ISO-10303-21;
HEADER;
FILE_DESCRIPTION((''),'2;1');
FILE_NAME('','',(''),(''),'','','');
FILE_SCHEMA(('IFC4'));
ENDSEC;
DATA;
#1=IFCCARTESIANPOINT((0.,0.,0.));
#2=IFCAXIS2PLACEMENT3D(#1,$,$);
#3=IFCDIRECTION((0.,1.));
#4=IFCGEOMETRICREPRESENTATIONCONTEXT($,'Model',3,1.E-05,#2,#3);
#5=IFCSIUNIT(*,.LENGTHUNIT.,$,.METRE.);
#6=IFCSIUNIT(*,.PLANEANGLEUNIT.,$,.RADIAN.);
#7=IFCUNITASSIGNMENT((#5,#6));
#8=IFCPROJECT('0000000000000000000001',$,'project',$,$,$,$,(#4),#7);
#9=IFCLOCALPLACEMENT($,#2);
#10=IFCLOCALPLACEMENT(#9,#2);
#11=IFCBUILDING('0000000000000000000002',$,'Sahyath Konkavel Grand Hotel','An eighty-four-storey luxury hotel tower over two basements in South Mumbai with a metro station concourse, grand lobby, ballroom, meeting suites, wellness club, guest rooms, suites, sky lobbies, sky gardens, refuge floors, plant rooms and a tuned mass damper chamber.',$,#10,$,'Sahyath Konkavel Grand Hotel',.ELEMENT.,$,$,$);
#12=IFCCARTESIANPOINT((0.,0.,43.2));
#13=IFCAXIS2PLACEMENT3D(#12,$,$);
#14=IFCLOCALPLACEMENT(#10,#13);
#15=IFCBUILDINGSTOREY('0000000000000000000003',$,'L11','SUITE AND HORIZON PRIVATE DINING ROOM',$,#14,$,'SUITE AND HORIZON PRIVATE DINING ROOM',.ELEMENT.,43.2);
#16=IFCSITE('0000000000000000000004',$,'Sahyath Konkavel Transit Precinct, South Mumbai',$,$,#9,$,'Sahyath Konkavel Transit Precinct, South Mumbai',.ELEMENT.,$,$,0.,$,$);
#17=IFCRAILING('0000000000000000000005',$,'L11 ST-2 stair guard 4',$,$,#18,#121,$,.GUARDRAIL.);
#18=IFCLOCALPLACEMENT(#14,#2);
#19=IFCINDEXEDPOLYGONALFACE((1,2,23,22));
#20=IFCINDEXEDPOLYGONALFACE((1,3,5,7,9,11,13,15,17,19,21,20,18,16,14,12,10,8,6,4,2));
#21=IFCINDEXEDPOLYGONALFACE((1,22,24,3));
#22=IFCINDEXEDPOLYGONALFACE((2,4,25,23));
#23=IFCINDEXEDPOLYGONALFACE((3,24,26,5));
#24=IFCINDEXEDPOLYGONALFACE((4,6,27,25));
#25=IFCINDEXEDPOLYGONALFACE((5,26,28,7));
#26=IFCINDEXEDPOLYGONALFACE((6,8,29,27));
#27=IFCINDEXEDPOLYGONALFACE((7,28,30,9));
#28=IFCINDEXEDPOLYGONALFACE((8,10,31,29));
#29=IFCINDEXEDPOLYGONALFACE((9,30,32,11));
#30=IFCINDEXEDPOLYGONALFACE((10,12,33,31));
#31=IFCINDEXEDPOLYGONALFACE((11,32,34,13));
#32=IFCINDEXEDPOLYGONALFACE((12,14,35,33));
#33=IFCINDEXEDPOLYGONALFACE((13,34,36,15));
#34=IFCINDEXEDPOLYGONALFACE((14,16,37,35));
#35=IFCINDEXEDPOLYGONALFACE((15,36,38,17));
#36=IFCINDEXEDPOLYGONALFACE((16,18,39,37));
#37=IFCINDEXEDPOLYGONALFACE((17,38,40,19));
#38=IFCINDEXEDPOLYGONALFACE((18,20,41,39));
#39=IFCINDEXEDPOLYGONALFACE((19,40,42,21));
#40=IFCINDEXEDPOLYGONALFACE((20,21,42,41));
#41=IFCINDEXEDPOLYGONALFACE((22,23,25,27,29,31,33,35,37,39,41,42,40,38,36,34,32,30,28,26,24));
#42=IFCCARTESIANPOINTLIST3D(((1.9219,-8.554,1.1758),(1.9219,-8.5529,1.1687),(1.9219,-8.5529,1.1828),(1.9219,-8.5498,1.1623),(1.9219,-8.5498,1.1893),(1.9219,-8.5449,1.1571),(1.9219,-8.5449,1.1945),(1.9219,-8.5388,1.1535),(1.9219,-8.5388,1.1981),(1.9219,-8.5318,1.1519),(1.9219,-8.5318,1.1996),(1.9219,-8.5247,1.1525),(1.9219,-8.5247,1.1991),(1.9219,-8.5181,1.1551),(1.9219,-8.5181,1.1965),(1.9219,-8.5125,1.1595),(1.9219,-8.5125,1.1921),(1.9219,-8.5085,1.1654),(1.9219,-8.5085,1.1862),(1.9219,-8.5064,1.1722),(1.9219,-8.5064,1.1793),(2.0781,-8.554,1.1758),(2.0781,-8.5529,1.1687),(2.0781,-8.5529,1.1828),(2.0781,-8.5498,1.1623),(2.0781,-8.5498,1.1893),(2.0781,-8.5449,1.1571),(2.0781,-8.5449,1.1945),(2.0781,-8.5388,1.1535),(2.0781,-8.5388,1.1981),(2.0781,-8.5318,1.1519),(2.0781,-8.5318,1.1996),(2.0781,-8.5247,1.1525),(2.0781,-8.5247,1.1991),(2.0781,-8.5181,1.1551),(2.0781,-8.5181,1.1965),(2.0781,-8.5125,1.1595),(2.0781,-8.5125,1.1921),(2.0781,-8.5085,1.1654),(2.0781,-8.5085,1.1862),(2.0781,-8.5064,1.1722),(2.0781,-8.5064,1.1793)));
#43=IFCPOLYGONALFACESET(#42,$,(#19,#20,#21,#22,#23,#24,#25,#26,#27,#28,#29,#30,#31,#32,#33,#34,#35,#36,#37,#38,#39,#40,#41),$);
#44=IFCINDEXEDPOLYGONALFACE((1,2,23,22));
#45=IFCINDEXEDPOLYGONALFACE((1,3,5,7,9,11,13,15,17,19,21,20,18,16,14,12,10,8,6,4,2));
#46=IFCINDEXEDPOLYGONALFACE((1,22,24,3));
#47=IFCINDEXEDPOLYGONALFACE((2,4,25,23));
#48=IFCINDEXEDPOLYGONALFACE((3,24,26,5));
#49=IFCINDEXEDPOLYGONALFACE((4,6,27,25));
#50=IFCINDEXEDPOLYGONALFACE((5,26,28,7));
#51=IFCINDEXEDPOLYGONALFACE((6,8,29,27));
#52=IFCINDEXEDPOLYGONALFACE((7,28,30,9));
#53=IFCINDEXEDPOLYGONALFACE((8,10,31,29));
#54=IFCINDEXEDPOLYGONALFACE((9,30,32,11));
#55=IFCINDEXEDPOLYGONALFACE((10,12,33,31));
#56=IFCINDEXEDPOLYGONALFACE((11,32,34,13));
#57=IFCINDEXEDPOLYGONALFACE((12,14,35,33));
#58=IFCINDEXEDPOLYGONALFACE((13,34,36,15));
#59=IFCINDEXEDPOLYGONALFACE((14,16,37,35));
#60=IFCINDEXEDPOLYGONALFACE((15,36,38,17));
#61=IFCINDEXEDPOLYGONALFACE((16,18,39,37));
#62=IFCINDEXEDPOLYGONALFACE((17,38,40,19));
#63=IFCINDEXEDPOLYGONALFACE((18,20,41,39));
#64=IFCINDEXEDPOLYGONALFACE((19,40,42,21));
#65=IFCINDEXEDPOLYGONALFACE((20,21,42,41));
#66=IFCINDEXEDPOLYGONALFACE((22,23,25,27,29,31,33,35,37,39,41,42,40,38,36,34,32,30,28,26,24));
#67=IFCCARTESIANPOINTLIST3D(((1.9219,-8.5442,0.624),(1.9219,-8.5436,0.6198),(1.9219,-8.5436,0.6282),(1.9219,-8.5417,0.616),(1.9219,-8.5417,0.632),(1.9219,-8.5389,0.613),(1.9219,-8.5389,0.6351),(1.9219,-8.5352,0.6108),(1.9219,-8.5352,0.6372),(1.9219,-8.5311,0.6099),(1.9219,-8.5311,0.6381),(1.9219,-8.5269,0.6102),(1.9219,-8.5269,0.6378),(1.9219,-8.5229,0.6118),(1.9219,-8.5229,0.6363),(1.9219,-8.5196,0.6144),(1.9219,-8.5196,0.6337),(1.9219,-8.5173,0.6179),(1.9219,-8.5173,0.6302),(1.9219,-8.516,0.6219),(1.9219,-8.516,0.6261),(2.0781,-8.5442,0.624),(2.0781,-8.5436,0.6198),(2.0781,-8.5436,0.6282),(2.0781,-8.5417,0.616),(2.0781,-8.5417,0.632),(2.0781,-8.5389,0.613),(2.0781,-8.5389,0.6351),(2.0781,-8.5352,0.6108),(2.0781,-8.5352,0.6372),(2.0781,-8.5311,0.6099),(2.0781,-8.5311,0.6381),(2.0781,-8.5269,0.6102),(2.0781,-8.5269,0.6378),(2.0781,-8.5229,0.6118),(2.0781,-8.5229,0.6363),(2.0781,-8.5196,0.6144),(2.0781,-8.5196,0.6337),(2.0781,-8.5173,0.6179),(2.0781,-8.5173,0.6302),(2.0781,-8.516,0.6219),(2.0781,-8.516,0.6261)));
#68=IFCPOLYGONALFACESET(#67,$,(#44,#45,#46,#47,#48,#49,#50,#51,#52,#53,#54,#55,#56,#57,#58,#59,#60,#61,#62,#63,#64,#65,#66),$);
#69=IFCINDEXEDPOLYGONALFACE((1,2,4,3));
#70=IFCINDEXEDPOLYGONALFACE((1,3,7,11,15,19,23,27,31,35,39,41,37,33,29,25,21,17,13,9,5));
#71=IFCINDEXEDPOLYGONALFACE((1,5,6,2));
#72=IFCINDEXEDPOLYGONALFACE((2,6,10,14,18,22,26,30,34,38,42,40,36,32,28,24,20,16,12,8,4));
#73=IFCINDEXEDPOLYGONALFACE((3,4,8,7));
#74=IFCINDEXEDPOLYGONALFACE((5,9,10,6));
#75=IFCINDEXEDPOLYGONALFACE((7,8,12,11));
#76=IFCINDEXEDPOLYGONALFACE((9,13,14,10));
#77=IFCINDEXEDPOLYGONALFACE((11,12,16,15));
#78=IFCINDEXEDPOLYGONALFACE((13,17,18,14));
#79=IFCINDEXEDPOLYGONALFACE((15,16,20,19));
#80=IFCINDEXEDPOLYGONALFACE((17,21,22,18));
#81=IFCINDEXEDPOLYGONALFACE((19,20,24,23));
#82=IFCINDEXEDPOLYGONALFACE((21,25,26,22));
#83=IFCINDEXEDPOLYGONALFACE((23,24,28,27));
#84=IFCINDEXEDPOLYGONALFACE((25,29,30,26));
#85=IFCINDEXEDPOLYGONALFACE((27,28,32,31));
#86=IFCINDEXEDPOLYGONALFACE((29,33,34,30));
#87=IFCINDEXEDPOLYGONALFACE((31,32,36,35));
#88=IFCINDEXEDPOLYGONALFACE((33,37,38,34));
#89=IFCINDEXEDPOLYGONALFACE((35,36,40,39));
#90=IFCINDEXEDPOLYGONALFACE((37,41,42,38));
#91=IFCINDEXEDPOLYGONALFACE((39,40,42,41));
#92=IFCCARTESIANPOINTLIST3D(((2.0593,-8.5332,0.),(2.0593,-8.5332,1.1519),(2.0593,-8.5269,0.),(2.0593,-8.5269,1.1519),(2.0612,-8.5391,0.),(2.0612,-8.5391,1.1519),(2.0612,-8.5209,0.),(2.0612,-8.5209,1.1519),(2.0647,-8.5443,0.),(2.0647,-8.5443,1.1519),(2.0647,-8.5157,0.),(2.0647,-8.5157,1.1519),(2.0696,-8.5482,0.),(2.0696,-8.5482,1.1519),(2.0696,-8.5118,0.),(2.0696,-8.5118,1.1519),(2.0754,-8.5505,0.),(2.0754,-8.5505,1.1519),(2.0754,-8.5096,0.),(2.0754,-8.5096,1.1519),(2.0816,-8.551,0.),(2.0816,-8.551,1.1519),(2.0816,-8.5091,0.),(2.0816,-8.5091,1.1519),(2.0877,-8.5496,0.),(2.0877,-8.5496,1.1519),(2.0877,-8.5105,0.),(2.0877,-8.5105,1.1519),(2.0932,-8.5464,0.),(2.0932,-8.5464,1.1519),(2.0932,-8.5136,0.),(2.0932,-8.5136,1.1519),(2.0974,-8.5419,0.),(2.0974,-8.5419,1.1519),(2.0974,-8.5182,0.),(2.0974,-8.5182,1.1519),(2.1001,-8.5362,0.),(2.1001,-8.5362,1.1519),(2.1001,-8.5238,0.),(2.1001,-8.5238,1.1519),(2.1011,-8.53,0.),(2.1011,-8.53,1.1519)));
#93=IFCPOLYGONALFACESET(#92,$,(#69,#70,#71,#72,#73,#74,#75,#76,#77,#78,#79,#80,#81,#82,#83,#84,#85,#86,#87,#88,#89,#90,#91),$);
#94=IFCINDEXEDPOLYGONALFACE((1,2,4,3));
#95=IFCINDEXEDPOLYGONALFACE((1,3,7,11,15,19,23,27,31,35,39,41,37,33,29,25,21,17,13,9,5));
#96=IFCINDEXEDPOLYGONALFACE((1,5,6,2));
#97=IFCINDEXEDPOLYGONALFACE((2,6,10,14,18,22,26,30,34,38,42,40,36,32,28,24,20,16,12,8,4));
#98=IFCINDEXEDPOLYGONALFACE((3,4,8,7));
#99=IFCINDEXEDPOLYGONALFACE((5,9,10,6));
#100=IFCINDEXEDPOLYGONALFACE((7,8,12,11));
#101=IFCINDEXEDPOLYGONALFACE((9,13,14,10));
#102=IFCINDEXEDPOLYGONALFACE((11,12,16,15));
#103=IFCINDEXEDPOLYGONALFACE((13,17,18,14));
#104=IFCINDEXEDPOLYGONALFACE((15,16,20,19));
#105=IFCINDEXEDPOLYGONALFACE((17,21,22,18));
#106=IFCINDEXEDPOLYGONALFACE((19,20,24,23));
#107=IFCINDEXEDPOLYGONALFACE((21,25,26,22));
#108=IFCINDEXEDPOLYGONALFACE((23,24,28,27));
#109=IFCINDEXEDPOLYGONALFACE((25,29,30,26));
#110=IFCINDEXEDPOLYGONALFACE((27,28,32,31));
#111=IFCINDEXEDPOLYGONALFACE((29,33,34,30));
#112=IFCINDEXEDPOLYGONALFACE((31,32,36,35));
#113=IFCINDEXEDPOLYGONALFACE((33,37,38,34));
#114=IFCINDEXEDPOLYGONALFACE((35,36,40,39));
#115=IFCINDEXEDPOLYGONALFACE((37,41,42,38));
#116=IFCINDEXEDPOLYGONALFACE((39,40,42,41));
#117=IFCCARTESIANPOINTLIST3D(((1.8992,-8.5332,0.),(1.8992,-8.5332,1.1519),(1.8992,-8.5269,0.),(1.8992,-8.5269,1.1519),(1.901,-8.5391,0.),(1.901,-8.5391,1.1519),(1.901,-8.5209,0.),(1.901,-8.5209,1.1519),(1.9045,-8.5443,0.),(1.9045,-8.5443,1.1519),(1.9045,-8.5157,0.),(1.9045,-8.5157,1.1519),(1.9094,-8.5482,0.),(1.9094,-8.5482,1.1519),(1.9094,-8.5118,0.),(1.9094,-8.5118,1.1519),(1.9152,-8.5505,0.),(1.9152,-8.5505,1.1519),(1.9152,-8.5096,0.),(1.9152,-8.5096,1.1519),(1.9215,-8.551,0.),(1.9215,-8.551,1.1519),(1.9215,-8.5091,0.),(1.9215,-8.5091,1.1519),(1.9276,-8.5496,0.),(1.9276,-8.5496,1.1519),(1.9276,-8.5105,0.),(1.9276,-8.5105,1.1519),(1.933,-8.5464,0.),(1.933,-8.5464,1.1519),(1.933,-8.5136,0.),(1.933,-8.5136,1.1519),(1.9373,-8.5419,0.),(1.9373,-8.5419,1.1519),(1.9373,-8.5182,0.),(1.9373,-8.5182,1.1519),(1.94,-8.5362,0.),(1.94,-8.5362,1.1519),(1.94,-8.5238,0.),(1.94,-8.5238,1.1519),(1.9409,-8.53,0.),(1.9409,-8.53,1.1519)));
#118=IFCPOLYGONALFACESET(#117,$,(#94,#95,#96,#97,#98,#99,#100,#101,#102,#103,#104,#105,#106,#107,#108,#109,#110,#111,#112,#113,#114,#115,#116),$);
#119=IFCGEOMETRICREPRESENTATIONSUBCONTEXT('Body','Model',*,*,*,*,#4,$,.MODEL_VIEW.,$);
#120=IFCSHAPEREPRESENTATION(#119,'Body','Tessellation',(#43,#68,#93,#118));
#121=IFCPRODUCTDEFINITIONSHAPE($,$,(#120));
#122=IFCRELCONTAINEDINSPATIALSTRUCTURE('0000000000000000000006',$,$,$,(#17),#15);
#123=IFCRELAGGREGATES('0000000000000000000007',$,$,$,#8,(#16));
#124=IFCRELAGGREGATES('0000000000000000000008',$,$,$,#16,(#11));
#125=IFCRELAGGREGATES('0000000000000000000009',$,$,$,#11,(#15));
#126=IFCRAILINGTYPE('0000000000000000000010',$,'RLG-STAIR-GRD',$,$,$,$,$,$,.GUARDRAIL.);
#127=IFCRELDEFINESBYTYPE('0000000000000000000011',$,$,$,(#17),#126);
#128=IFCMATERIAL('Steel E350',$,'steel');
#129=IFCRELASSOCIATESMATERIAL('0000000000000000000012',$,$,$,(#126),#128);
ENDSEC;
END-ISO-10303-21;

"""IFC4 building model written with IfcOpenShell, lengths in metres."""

from ifc_helpers import new_model, si_unit, direction, frame, origin, origin_2d, place, context, subcontext, project, spatial, circle, extrude, material, type_object, element, save


model = new_model("IFC4")

# Units and contexts
model_context = context("Model", 3, precision=1e-05, world=origin(), true_north=direction((0.0, 1.0)))
body_context = subcontext(model_context, "Body", "Model", "MODEL_VIEW")
ifc_project = project(units=[si_unit("LENGTHUNIT", "METRE"), si_unit("PLANEANGLEUNIT", "RADIAN")], contexts=[model_context])

# Site, building, storey
site_placement = place(None, origin())
site = spatial("IfcSite", under=ifc_project, at=site_placement, Name="Sahyath Konkavel Transit Precinct, South Mumbai", LongName="Sahyath Konkavel Transit Precinct, South Mumbai", CompositionType="ELEMENT", RefElevation=0.0)
building_placement = place(site_placement, origin())
building = spatial("IfcBuilding", under=site, at=building_placement, Name="Sahyath Konkavel Grand Hotel", Description="An eighty-four-storey luxury hotel tower over two basements in South Mumbai with a metro station concourse, grand lobby, ballroom, meeting suites, wellness club, guest rooms, suites, sky lobbies, sky gardens, refuge floors, plant rooms and a tuned mass damper chamber.", LongName="Sahyath Konkavel Grand Hotel", CompositionType="ELEMENT")
storey_placement = place(building_placement, frame((0.0, 0.0, 43.2)))
storey = spatial("IfcBuildingStorey", under=building, at=storey_placement, Name="L11", Description="SUITE AND HORIZON PRIVATE DINING ROOM", LongName="SUITE AND HORIZON PRIVATE DINING ROOM", CompositionType="ELEMENT", Elevation=43.2)

# Shared definitions
ifc_material_1 = material(Name="Steel E350", Category="steel")

# Railing
railing_type_1 = type_object("IfcRailingType", Name="RLG-STAIR-GRD", PredefinedType="GUARDRAIL", material=ifc_material_1)
railing_1_placement = place(storey_placement, frame((2.0801, -8.53, 0.0)))
element("IfcRailing", 1, at=railing_1_placement, inside=storey, type_object=railing_type_1, Name="L11 ST-2 stair guard 4", PredefinedType="GUARDRAIL", context=body_context, shape_type="SweptSolid", body=[
    extrude(circle(Radius=0.0239, at=origin_2d()), frame((-0.002, 0.0, 1.1758), z_axis=(-1.0, 0.0, 0.0), x_axis=(0.0, -1.0, 0.0)), (0.0, 0.0, 1.0), 0.1562),
    extrude(circle(Radius=0.0142, at=origin_2d()), frame((-0.002, 0.0, 0.624), z_axis=(-1.0, 0.0, 0.0), x_axis=(0.0, -1.0, 0.0)), (0.0, 0.0, 1.0), 0.1562),
    extrude(circle(Radius=0.021, at=origin_2d()), origin(), (0.0, 0.0, 1.0), 1.1519),
    extrude(circle(Radius=0.021, at=origin_2d()), frame((-0.1602, 0.0, 0.0)), (0.0, 0.0, 1.0), 1.1519),
])

save(model, "model.ifc")
